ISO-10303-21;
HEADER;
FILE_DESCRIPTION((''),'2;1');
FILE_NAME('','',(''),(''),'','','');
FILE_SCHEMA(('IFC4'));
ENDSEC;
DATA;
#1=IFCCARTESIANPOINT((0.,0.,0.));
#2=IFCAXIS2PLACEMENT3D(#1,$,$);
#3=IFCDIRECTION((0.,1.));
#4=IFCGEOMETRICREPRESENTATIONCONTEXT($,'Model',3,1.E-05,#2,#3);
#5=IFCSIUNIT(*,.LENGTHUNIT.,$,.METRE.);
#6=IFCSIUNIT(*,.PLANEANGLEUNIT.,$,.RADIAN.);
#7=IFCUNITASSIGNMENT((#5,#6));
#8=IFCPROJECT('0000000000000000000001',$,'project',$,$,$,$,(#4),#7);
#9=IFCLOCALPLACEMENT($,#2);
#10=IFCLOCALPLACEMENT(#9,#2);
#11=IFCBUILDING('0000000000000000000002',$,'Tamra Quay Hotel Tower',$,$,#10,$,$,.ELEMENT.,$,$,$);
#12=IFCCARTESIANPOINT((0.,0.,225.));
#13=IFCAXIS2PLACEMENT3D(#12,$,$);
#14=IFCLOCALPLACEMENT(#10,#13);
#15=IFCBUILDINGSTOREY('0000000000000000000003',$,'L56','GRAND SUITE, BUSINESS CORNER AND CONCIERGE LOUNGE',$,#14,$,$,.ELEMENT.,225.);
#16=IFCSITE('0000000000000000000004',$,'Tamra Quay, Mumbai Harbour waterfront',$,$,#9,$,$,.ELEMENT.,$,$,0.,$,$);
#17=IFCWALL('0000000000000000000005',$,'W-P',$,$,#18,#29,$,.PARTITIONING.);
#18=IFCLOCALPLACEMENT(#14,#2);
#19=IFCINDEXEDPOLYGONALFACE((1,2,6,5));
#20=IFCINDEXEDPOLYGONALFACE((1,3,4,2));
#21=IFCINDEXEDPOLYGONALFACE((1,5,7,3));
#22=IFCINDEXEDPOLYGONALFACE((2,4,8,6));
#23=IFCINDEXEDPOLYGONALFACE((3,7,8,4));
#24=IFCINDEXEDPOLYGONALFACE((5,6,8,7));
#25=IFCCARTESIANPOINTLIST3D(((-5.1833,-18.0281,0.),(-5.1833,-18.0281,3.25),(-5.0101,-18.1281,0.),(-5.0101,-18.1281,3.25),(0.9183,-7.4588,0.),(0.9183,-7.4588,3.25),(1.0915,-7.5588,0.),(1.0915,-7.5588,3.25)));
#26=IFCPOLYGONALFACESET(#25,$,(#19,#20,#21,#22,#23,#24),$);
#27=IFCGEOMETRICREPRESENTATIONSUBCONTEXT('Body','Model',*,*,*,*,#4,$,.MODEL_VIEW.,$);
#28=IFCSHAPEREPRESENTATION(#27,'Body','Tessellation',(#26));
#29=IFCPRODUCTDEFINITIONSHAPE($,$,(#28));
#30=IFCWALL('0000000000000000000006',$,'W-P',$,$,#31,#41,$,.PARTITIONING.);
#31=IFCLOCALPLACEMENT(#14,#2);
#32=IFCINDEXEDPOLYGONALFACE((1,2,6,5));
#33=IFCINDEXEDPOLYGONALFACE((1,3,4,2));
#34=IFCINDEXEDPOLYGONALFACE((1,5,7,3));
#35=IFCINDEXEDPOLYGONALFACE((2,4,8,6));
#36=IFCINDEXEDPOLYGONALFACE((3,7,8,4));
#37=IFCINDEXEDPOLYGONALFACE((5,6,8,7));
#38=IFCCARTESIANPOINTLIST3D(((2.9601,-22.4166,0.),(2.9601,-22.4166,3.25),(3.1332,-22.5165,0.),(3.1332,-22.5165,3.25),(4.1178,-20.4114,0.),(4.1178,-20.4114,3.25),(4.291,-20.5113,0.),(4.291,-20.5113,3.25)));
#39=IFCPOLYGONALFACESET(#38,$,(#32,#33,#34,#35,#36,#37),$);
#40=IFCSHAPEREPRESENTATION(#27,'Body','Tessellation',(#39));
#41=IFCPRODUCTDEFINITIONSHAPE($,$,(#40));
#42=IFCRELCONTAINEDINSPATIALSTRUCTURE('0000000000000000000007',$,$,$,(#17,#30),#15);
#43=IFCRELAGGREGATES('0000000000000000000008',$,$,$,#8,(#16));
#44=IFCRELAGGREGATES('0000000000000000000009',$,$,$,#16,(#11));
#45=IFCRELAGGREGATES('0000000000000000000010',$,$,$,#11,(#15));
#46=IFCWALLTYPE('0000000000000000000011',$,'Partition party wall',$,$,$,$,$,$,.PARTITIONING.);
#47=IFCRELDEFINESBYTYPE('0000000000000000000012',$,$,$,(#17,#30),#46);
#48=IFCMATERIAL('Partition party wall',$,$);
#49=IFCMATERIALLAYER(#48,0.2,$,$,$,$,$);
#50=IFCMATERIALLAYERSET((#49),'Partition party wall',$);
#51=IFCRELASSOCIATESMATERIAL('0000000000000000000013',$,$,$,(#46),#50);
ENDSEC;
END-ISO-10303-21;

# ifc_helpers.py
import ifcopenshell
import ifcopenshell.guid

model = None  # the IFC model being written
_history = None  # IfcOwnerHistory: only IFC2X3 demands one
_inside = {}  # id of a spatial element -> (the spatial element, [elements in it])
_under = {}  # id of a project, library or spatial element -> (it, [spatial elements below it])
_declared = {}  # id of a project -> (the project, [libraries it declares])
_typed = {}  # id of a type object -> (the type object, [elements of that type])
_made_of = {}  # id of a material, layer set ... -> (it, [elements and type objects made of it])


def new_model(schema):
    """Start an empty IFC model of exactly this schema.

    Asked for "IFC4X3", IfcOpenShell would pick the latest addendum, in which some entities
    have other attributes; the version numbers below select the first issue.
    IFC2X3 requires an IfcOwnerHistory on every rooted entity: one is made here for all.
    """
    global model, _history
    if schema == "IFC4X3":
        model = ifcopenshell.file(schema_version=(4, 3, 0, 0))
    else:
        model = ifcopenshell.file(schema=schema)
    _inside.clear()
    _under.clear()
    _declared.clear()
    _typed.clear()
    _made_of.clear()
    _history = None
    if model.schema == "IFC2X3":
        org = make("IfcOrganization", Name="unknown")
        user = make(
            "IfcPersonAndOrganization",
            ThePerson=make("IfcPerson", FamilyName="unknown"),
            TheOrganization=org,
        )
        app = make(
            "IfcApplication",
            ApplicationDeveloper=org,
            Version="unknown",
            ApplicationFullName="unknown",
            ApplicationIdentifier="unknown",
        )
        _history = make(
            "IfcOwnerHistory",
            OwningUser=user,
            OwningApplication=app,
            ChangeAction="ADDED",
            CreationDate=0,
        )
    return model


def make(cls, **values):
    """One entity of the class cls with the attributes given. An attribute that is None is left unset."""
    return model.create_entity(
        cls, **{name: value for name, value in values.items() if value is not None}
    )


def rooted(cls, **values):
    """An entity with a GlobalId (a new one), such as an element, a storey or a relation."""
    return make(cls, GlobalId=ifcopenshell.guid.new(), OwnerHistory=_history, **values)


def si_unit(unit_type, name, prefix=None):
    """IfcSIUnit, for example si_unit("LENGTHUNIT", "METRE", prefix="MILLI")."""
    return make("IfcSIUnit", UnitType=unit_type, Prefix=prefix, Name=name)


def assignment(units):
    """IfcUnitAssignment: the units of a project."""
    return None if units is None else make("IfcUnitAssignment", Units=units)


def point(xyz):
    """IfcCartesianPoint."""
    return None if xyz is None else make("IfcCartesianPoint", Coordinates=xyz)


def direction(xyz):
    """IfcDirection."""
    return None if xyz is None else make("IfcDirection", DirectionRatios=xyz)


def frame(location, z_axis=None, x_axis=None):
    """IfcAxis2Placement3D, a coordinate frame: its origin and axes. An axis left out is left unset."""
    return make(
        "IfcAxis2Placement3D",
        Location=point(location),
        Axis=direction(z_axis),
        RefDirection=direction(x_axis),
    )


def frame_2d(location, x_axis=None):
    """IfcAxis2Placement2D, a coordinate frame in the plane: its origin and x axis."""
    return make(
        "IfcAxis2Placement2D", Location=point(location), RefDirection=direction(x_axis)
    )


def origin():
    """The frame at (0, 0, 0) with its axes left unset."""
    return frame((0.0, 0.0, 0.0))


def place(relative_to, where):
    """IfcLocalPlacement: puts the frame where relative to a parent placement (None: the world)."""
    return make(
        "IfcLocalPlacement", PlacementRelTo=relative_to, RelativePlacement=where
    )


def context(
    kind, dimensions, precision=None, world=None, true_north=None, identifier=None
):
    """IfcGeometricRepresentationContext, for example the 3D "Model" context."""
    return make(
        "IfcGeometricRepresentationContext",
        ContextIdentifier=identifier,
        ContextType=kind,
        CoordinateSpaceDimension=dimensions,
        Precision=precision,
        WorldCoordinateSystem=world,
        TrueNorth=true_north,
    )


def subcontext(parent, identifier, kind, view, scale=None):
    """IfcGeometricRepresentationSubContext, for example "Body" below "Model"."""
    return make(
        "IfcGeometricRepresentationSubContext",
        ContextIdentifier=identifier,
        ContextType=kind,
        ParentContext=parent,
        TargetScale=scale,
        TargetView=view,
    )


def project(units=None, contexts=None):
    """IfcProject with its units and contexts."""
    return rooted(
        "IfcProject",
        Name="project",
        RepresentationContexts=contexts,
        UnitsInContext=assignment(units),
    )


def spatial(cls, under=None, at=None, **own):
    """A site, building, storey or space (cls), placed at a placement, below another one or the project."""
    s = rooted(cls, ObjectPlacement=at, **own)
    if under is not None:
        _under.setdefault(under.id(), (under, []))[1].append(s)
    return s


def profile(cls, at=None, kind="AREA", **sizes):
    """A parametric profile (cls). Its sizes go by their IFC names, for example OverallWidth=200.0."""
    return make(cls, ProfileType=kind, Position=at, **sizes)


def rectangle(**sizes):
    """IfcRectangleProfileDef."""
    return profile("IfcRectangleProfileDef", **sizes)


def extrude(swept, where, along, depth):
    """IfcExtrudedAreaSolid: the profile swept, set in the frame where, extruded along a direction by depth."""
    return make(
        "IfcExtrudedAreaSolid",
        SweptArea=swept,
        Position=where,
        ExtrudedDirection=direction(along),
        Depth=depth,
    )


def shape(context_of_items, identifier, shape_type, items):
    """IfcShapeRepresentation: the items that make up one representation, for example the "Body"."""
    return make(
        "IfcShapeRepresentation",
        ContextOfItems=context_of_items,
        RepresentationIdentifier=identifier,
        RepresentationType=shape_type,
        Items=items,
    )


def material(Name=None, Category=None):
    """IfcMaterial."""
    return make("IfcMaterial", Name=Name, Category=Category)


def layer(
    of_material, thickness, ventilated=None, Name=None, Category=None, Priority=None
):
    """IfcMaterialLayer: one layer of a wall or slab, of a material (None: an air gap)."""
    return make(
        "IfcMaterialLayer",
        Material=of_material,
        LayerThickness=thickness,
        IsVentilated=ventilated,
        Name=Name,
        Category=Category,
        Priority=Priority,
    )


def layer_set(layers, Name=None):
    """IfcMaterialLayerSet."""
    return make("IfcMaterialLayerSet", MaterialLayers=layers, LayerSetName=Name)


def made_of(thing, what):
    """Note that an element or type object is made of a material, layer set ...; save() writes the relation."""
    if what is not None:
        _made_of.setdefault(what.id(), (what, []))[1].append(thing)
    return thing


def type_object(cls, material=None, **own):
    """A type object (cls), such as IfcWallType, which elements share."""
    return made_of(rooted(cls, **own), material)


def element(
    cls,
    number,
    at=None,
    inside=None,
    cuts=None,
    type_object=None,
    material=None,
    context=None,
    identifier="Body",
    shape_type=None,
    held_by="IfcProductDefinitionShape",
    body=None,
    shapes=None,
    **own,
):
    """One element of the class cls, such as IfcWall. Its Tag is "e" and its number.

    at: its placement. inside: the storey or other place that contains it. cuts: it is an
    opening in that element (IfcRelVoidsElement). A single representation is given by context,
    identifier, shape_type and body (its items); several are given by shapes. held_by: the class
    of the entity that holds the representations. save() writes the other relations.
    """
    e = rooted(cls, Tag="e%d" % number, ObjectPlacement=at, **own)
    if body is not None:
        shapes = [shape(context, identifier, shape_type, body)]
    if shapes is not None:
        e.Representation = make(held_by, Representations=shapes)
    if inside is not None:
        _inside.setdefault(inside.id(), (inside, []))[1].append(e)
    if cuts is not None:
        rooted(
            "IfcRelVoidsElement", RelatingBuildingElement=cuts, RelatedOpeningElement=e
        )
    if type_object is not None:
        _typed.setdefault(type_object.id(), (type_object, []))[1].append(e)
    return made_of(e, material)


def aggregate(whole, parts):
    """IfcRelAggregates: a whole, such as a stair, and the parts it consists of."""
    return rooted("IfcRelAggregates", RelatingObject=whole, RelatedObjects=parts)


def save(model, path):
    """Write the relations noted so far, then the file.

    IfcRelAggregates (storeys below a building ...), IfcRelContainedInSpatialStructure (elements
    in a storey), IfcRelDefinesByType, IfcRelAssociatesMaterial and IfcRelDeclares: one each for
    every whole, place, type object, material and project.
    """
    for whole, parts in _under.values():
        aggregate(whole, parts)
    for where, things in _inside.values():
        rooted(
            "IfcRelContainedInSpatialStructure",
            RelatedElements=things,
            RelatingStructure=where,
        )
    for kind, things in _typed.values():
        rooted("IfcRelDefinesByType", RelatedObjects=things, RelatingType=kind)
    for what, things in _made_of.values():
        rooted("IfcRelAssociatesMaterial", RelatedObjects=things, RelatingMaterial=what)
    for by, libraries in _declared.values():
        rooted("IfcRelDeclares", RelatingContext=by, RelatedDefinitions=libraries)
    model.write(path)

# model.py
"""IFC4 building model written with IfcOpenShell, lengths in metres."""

from ifc_helpers import new_model, si_unit, direction, frame, frame_2d, origin, place, context, subcontext, project, spatial, rectangle, extrude, material, layer, layer_set, type_object, element, save


model = new_model("IFC4")

# Units and contexts
model_context = context("Model", 3, precision=1e-05, world=origin(), true_north=direction((0.0, 1.0)))
body_context = subcontext(model_context, "Body", "Model", "MODEL_VIEW")
ifc_project = project(units=[si_unit("LENGTHUNIT", "METRE"), si_unit("PLANEANGLEUNIT", "RADIAN")], contexts=[model_context])

# Site, building, storey
site_placement = place(None, origin())
site = spatial("IfcSite", under=ifc_project, at=site_placement, Name="Tamra Quay, Mumbai Harbour waterfront", CompositionType="ELEMENT", RefElevation=0.0)
building_placement = place(site_placement, origin())
building = spatial("IfcBuilding", under=site, at=building_placement, Name="Tamra Quay Hotel Tower", CompositionType="ELEMENT")
storey_placement = place(building_placement, frame((0.0, 0.0, 225.0)))
storey = spatial("IfcBuildingStorey", under=building, at=storey_placement, Name="L56", Description="GRAND SUITE, BUSINESS CORNER AND CONCIERGE LOUNGE", CompositionType="ELEMENT", Elevation=225.0)

# Walls
ifc_material_1 = material(Name="Partition party wall")
ifc_layer_1 = layer(ifc_material_1, 0.2)
ifc_layer_set_1 = layer_set([ifc_layer_1], Name="Partition party wall")
wall_type_1 = type_object("IfcWallType", Name="Partition party wall", PredefinedType="PARTITIONING", material=ifc_layer_set_1)
wall_1_placement = place(storey_placement, frame((-5.0967, -18.0781, 0.0), z_axis=(0.0, 0.0, 1.0), x_axis=(0.49996, 0.866048, 0.0)))
element("IfcWall", 1, at=wall_1_placement, inside=storey, type_object=wall_type_1, Name="W-P", PredefinedType="PARTITIONING", context=body_context, shape_type="SweptSolid", body=[
    extrude(rectangle(XDim=12.2041, YDim=0.2, at=frame_2d((6.1021, 0.0))), origin(), (0.0, 0.0, 1.0), 3.25),
])
wall_2_placement = place(storey_placement, frame((3.0466, -22.4666, 0.0), z_axis=(0.0, 0.0, 1.0), x_axis=(0.500018, 0.866015, 0.0)))
element("IfcWall", 2, at=wall_2_placement, inside=storey, type_object=wall_type_1, Name="W-P", PredefinedType="PARTITIONING", context=body_context, shape_type="SweptSolid", body=[
    extrude(rectangle(XDim=2.3154, YDim=0.2, at=frame_2d((1.1577, 0.0))), origin(), (0.0, 0.0, 1.0), 3.25),
])

save(model, "model.ifc")
